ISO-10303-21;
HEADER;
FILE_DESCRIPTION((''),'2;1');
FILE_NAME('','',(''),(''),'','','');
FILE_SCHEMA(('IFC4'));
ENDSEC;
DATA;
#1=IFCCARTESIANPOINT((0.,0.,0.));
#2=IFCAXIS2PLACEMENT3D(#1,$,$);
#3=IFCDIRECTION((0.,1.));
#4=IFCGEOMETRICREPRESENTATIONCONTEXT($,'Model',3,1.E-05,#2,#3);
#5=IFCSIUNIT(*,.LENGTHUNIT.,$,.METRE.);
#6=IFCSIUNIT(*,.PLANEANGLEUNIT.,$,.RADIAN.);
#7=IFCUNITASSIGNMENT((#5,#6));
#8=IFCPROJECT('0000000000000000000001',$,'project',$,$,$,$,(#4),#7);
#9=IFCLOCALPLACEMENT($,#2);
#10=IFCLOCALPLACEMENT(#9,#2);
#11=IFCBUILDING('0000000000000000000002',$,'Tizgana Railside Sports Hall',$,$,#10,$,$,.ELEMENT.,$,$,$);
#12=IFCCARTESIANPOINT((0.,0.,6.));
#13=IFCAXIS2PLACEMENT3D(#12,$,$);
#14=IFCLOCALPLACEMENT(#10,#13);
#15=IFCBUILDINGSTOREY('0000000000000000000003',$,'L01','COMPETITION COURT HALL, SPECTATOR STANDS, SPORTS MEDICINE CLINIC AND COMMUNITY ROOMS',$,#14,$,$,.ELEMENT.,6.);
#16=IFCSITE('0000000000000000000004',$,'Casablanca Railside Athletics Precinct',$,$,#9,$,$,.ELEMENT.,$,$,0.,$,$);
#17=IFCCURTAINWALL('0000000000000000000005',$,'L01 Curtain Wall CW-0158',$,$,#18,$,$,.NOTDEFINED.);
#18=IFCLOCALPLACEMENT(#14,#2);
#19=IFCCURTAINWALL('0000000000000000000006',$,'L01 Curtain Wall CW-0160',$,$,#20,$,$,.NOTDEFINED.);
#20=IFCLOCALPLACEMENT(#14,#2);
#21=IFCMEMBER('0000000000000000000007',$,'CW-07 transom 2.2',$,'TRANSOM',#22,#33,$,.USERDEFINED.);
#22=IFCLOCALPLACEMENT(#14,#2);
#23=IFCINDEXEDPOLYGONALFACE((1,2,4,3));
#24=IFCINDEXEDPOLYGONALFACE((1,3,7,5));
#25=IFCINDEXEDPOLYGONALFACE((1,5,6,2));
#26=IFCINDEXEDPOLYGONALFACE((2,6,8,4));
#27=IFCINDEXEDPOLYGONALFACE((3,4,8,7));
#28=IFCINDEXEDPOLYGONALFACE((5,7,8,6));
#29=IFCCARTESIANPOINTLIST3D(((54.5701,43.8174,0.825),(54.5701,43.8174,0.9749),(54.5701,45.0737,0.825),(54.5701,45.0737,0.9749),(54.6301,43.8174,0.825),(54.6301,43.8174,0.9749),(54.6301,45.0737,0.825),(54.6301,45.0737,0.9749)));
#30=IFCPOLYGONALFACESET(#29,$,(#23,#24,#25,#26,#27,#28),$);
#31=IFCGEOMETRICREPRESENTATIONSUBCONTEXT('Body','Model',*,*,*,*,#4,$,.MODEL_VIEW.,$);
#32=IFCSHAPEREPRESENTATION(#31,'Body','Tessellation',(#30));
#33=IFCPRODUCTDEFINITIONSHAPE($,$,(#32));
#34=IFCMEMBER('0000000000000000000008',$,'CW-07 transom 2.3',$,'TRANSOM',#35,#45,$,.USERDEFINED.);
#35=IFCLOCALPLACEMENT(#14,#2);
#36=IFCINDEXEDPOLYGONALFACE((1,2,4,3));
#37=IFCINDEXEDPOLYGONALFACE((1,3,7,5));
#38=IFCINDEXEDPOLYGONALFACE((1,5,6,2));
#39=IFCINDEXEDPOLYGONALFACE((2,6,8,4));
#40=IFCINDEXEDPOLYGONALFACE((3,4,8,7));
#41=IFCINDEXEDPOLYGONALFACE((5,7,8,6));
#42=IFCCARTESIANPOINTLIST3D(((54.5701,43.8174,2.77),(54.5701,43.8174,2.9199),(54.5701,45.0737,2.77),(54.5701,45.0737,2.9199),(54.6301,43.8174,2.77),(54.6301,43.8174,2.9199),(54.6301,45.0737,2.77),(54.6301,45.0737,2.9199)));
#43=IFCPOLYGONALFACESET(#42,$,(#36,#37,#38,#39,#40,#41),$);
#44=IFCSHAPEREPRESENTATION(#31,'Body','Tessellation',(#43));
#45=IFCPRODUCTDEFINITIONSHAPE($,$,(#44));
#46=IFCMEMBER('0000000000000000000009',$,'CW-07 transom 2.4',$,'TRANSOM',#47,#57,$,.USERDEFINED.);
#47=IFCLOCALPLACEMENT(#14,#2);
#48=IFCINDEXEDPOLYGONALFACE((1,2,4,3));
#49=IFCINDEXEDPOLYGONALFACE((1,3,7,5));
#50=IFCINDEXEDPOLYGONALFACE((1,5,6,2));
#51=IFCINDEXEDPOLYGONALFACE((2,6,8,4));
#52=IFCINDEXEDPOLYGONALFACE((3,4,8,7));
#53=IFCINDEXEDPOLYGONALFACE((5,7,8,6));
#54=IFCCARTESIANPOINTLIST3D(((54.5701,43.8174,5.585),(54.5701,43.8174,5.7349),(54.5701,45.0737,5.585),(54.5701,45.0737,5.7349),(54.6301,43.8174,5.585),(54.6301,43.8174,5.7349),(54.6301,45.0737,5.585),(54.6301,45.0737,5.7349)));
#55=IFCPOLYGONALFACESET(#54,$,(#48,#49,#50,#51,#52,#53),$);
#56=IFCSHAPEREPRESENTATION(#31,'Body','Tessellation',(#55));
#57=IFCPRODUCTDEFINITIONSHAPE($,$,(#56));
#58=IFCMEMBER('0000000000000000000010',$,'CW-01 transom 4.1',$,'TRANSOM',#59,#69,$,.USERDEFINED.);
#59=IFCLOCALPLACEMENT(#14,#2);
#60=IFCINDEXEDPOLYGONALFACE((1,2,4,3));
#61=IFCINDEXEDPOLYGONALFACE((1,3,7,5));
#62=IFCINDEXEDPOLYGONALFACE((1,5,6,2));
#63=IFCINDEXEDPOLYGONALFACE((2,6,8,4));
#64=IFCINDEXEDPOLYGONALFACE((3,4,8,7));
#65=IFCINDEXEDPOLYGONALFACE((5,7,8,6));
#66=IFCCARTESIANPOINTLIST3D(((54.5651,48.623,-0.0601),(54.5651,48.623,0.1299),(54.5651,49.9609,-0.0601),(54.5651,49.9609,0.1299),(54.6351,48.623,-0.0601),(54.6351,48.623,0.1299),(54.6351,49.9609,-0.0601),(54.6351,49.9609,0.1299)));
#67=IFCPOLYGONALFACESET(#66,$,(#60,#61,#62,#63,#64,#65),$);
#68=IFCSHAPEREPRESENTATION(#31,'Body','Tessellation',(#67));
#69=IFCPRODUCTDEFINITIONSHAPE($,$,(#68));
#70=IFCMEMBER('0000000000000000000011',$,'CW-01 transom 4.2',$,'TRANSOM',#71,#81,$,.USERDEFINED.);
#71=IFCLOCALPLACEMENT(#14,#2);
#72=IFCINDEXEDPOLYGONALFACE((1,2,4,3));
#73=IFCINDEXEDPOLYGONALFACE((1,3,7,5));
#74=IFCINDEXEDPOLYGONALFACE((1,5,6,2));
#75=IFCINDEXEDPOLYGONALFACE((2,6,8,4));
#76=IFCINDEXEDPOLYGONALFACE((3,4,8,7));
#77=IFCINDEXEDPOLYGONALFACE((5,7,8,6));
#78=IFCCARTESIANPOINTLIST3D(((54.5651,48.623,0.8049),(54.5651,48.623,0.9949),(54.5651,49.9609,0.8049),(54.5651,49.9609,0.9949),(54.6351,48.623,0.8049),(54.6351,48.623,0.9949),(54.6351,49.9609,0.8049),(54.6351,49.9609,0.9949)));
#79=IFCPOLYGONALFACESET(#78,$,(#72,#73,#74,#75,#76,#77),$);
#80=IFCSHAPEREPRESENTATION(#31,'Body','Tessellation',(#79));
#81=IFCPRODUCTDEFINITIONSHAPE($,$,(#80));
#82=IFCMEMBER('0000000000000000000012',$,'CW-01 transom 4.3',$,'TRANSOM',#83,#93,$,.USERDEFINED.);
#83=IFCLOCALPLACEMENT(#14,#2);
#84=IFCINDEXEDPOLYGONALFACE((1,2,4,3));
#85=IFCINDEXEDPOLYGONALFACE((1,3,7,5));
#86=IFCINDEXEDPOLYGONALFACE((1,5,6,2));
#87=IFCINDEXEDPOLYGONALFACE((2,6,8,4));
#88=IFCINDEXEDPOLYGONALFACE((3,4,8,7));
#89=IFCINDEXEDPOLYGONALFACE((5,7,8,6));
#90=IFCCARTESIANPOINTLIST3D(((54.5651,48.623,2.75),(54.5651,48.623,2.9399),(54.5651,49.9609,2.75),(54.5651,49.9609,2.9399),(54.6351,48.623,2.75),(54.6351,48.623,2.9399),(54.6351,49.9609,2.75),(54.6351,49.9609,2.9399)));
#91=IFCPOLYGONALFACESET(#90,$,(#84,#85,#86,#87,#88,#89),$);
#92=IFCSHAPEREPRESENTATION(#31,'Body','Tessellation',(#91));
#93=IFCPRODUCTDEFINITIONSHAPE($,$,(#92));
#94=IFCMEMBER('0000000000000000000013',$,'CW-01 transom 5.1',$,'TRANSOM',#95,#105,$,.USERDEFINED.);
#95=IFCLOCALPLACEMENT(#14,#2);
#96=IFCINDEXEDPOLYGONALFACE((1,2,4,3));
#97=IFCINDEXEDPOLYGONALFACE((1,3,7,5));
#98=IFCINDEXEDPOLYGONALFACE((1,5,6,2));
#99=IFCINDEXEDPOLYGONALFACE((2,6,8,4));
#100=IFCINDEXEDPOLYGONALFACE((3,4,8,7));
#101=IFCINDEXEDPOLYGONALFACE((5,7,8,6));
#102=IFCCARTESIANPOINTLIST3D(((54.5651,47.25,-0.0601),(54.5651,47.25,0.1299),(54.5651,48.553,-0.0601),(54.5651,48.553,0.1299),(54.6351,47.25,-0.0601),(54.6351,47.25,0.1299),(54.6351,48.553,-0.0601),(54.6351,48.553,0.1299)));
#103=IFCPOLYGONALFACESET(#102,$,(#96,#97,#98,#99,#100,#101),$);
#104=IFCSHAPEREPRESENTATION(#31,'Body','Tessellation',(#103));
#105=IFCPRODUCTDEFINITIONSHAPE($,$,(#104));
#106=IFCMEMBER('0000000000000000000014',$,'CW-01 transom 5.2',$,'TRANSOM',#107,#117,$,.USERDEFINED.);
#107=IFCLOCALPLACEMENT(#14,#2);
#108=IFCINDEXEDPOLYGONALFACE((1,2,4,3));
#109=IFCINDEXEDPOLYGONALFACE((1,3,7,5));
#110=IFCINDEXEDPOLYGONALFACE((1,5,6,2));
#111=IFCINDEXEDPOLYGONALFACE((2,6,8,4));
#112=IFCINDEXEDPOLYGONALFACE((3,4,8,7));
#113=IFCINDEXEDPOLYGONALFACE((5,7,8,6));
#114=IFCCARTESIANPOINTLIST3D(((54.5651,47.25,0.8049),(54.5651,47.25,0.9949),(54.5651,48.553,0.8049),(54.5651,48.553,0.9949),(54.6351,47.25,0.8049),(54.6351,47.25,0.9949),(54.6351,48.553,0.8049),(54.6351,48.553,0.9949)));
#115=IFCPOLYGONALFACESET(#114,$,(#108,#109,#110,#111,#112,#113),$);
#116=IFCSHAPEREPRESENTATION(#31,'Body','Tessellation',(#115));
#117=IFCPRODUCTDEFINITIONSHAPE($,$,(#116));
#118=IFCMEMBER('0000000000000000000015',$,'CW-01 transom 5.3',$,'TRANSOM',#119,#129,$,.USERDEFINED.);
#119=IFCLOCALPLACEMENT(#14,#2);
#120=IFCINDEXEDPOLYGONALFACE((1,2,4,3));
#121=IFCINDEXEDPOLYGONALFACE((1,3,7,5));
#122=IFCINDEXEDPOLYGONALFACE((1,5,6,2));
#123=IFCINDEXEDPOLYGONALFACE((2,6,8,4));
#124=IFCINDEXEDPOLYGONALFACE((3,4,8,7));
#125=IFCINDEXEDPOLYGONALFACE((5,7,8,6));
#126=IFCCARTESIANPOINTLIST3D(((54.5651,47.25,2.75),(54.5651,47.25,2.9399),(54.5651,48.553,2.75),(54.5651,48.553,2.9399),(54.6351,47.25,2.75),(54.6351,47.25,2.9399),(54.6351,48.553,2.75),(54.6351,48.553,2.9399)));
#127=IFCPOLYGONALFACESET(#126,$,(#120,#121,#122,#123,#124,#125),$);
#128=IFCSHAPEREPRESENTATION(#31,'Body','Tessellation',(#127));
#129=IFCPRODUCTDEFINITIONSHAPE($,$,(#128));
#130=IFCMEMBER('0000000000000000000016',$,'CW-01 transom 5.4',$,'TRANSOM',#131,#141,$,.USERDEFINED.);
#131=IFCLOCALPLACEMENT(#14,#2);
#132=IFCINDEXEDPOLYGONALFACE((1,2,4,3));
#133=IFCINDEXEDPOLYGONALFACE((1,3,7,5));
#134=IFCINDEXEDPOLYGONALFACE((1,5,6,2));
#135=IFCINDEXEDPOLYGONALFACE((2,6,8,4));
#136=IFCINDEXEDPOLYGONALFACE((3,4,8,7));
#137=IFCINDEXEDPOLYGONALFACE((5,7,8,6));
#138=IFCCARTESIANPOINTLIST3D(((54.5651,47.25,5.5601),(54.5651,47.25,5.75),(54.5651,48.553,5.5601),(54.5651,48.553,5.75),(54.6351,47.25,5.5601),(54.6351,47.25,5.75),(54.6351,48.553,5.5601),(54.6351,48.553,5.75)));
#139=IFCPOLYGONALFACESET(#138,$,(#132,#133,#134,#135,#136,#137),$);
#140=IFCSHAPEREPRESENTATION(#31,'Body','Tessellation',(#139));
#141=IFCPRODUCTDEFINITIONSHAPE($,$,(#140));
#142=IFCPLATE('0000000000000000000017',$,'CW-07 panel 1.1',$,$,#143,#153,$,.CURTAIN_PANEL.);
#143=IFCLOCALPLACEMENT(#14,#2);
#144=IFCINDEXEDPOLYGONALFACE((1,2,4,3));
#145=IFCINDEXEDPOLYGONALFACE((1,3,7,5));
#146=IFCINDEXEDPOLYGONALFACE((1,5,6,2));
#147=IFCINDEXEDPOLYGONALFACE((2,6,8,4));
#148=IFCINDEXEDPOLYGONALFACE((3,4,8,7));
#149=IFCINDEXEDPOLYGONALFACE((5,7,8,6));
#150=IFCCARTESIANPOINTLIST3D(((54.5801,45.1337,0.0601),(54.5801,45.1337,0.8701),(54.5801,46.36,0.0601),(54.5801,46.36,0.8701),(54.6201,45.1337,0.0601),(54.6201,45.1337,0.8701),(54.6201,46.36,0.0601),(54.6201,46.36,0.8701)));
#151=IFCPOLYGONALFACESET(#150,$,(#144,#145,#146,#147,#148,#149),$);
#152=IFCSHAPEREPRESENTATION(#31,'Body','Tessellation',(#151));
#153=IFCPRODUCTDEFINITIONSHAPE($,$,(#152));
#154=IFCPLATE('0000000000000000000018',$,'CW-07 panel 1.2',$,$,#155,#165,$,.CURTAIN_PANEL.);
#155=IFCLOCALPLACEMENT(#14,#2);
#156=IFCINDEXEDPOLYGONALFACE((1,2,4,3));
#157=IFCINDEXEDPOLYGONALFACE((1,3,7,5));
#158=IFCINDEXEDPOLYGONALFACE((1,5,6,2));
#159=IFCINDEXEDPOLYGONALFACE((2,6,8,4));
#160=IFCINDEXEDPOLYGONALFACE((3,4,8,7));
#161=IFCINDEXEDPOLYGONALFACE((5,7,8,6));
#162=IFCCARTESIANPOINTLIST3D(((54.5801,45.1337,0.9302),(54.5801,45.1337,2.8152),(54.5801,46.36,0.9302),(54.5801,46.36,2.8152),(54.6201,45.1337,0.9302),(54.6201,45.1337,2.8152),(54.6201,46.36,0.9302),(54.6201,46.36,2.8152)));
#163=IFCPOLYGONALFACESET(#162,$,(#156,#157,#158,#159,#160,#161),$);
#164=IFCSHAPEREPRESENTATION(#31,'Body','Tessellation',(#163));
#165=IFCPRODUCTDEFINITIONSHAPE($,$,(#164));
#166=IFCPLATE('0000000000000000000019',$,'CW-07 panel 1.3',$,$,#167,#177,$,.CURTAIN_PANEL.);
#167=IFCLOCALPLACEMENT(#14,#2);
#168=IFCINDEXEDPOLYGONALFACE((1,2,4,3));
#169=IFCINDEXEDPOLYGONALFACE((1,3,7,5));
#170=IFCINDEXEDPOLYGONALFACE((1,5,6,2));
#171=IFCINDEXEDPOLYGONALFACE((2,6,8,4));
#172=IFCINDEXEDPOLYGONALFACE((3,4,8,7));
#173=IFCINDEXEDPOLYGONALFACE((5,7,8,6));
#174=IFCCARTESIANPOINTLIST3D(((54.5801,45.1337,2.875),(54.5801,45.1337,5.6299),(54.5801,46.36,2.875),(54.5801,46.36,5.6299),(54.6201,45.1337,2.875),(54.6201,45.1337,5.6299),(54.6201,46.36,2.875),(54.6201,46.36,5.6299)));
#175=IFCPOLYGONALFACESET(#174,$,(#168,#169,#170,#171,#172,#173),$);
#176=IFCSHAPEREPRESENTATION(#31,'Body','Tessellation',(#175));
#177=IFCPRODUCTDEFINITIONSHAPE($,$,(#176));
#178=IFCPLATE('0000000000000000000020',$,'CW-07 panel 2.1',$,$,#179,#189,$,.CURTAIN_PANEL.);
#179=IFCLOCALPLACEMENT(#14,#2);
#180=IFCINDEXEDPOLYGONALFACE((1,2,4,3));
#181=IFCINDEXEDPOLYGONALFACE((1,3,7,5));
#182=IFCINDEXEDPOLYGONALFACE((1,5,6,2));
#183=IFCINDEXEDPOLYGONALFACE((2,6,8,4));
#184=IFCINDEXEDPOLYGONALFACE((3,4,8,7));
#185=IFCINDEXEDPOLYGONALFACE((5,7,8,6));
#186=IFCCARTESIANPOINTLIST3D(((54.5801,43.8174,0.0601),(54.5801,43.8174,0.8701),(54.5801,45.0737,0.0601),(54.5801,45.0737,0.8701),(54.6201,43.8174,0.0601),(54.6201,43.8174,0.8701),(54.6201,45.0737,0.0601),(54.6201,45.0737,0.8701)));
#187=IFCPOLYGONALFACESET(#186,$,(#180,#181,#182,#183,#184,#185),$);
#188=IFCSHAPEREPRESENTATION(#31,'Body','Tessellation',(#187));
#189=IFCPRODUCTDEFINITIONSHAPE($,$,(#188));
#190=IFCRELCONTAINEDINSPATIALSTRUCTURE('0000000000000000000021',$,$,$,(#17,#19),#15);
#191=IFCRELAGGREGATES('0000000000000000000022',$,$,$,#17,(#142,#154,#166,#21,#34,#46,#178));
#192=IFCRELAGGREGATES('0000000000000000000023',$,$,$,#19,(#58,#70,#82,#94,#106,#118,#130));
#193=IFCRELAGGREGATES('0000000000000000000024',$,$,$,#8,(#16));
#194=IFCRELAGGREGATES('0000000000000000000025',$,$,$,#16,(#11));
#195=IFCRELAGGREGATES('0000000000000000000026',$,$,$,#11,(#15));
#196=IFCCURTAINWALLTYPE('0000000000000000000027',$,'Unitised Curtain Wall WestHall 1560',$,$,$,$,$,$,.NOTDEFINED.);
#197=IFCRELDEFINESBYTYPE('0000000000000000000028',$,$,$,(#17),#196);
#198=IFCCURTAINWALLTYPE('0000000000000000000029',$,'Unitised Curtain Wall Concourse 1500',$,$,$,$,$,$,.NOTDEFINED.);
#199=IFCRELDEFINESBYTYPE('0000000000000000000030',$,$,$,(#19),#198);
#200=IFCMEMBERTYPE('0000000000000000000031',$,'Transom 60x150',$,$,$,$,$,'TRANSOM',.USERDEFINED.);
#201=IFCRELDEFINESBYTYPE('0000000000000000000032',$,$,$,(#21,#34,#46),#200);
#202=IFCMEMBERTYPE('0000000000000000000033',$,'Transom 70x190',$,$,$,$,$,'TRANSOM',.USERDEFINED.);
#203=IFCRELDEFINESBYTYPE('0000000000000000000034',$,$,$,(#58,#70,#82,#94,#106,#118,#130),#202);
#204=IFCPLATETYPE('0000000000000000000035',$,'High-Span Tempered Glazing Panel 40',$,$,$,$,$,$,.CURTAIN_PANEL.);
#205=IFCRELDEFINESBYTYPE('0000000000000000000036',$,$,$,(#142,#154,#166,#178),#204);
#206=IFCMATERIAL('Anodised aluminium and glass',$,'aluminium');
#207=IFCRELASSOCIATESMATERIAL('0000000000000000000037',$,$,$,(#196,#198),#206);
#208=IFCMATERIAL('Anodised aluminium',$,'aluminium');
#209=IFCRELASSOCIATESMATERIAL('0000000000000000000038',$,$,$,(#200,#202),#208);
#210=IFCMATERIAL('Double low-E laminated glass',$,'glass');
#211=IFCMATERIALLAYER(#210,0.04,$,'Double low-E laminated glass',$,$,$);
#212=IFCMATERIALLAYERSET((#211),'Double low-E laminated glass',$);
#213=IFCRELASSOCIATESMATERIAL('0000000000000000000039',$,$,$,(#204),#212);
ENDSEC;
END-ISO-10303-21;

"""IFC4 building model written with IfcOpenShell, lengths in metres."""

from ifc_helpers import new_model, si_unit, direction, frame, origin, origin_2d, place, context, subcontext, project, spatial, rectangle, extrude, material, layer, layer_set, material_profile, profile_set, type_object, element, aggregate, save


model = new_model("IFC4")

# Units and contexts
model_context = context("Model", 3, precision=1e-05, world=origin(), true_north=direction((0.0, 1.0)))
body_context = subcontext(model_context, "Body", "Model", "MODEL_VIEW")
ifc_project = project(units=[si_unit("LENGTHUNIT", "METRE"), si_unit("PLANEANGLEUNIT", "RADIAN")], contexts=[model_context])

# Site, building, storey
site_placement = place(None, origin())
site = spatial("IfcSite", under=ifc_project, at=site_placement, Name="Casablanca Railside Athletics Precinct", CompositionType="ELEMENT", RefElevation=0.0)
building_placement = place(site_placement, origin())
building = spatial("IfcBuilding", under=site, at=building_placement, Name="Tizgana Railside Sports Hall", CompositionType="ELEMENT")
storey_placement = place(building_placement, frame((0.0, 0.0, 6.0)))
storey = spatial("IfcBuildingStorey", under=building, at=storey_placement, Name="L01", Description="COMPETITION COURT HALL, SPECTATOR STANDS, SPORTS MEDICINE CLINIC AND COMMUNITY ROOMS", CompositionType="ELEMENT", Elevation=6.0)

# Curtain walls
ifc_material_1 = material(Name="Anodised aluminium and glass", Category="aluminium")
curtain_wall_type_1 = type_object("IfcCurtainWallType", Name="Unitised Curtain Wall WestHall 1560", PredefinedType="NOTDEFINED", material=ifc_material_1)
curtain_wall_1_placement = place(storey_placement, origin())
curtain_wall_1 = element("IfcCurtainWall", 1, at=curtain_wall_1_placement, inside=storey, type_object=curtain_wall_type_1, Name="L01 Curtain Wall CW-0158", PredefinedType="NOTDEFINED")
ifc_material_2 = material(Name="Anodised aluminium", Category="aluminium")
curtain_wall_type_2 = type_object("IfcCurtainWallType", Name="Unitised Curtain Wall Concourse 1500", PredefinedType="NOTDEFINED", material=ifc_material_1)
curtain_wall_2_placement = place(storey_placement, origin())
curtain_wall_2 = element("IfcCurtainWall", 2, at=curtain_wall_2_placement, inside=storey, type_object=curtain_wall_type_2, Name="L01 Curtain Wall CW-0160", PredefinedType="NOTDEFINED")

# Members
ifc_material_profile_1 = material_profile(ifc_material_2, rectangle(XDim=0.0601, YDim=0.1499, at=origin_2d()), Name="Transom 60x150")
ifc_profile_set_1 = profile_set([ifc_material_profile_1], Name="Anodised aluminium")
member_type_1 = type_object("IfcMemberType", Name="Transom 60x150", ElementType="TRANSOM", PredefinedType="USERDEFINED", material=ifc_profile_set_1)
member_1_placement = place(storey_placement, frame((54.6001, 45.0737, 0.8999), z_axis=(0.0, -1.0, 0.0), x_axis=(1.0, 0.0, 0.0)))
member_1 = element("IfcMember", 3, at=member_1_placement, type_object=member_type_1, Name="CW-07 transom 2.2", ObjectType="TRANSOM", PredefinedType="USERDEFINED", context=body_context, shape_type="SweptSolid", body=[
    extrude(rectangle(XDim=0.0601, YDim=0.1499, at=origin_2d()), origin(), (0.0, 0.0, 1.0), 1.2563),
])
member_2_placement = place(storey_placement, frame((54.6001, 45.0737, 2.845), z_axis=(0.0, -1.0, 0.0), x_axis=(1.0, 0.0, 0.0)))
member_2 = element("IfcMember", 4, at=member_2_placement, type_object=member_type_1, Name="CW-07 transom 2.3", ObjectType="TRANSOM", PredefinedType="USERDEFINED", context=body_context, shape_type="SweptSolid", body=[
    extrude(rectangle(XDim=0.0601, YDim=0.1499, at=origin_2d()), origin(), (0.0, 0.0, 1.0), 1.2563),
])
member_3_placement = place(storey_placement, frame((54.6001, 45.0737, 5.6599), z_axis=(0.0, -1.0, 0.0), x_axis=(1.0, 0.0, 0.0)))
member_3 = element("IfcMember", 5, at=member_3_placement, type_object=member_type_1, Name="CW-07 transom 2.4", ObjectType="TRANSOM", PredefinedType="USERDEFINED", context=body_context, shape_type="SweptSolid", body=[
    extrude(rectangle(XDim=0.0601, YDim=0.1499, at=origin_2d()), origin(), (0.0, 0.0, 1.0), 1.2563),
])
ifc_material_profile_2 = material_profile(ifc_material_2, rectangle(XDim=0.0701, YDim=0.1899, at=origin_2d()), Name="Transom 70x190")
ifc_profile_set_2 = profile_set([ifc_material_profile_2], Name="Anodised aluminium")
member_type_2 = type_object("IfcMemberType", Name="Transom 70x190", ElementType="TRANSOM", PredefinedType="USERDEFINED", material=ifc_profile_set_2)
member_4_placement = place(storey_placement, frame((54.6001, 49.9609, 0.0349), z_axis=(0.0, -1.0, 0.0), x_axis=(1.0, 0.0, 0.0)))
member_4 = element("IfcMember", 6, at=member_4_placement, type_object=member_type_2, Name="CW-01 transom 4.1", ObjectType="TRANSOM", PredefinedType="USERDEFINED", context=body_context, shape_type="SweptSolid", body=[
    extrude(rectangle(XDim=0.0701, YDim=0.1899, at=origin_2d()), origin(), (0.0, 0.0, 1.0), 1.3379),
])
member_5_placement = place(storey_placement, frame((54.6001, 49.9609, 0.8999), z_axis=(0.0, -1.0, 0.0), x_axis=(1.0, 0.0, 0.0)))
member_5 = element("IfcMember", 7, at=member_5_placement, type_object=member_type_2, Name="CW-01 transom 4.2", ObjectType="TRANSOM", PredefinedType="USERDEFINED", context=body_context, shape_type="SweptSolid", body=[
    extrude(rectangle(XDim=0.0701, YDim=0.1899, at=origin_2d()), origin(), (0.0, 0.0, 1.0), 1.3379),
])
member_6_placement = place(storey_placement, frame((54.6001, 49.9609, 2.845), z_axis=(0.0, -1.0, 0.0), x_axis=(1.0, 0.0, 0.0)))
member_6 = element("IfcMember", 8, at=member_6_placement, type_object=member_type_2, Name="CW-01 transom 4.3", ObjectType="TRANSOM", PredefinedType="USERDEFINED", context=body_context, shape_type="SweptSolid", body=[
    extrude(rectangle(XDim=0.0701, YDim=0.1899, at=origin_2d()), origin(), (0.0, 0.0, 1.0), 1.3379),
])
member_7_placement = place(storey_placement, frame((54.6001, 48.553, 0.0349), z_axis=(0.0, -1.0, 0.0), x_axis=(1.0, 0.0, 0.0)))
member_7 = element("IfcMember", 9, at=member_7_placement, type_object=member_type_2, Name="CW-01 transom 5.1", ObjectType="TRANSOM", PredefinedType="USERDEFINED", context=body_context, shape_type="SweptSolid", body=[
    extrude(rectangle(XDim=0.0701, YDim=0.1899, at=origin_2d()), origin(), (0.0, 0.0, 1.0), 1.303),
])
member_8_placement = place(storey_placement, frame((54.6001, 48.553, 0.8999), z_axis=(0.0, -1.0, 0.0), x_axis=(1.0, 0.0, 0.0)))
member_8 = element("IfcMember", 10, at=member_8_placement, type_object=member_type_2, Name="CW-01 transom 5.2", ObjectType="TRANSOM", PredefinedType="USERDEFINED", context=body_context, shape_type="SweptSolid", body=[
    extrude(rectangle(XDim=0.0701, YDim=0.1899, at=origin_2d()), origin(), (0.0, 0.0, 1.0), 1.303),
])
member_9_placement = place(storey_placement, frame((54.6001, 48.553, 2.845), z_axis=(0.0, -1.0, 0.0), x_axis=(1.0, 0.0, 0.0)))
member_9 = element("IfcMember", 11, at=member_9_placement, type_object=member_type_2, Name="CW-01 transom 5.3", ObjectType="TRANSOM", PredefinedType="USERDEFINED", context=body_context, shape_type="SweptSolid", body=[
    extrude(rectangle(XDim=0.0701, YDim=0.1899, at=origin_2d()), origin(), (0.0, 0.0, 1.0), 1.303),
])
member_10_placement = place(storey_placement, frame((54.6001, 48.553, 5.655), z_axis=(0.0, -1.0, 0.0), x_axis=(1.0, 0.0, 0.0)))
member_10 = element("IfcMember", 12, at=member_10_placement, type_object=member_type_2, Name="CW-01 transom 5.4", ObjectType="TRANSOM", PredefinedType="USERDEFINED", context=body_context, shape_type="SweptSolid", body=[
    extrude(rectangle(XDim=0.0701, YDim=0.1899, at=origin_2d()), origin(), (0.0, 0.0, 1.0), 1.303),
])

# Plates
ifc_material_3 = material(Name="Double low-E laminated glass", Category="glass")
ifc_layer_1 = layer(ifc_material_3, 0.04, Name="Double low-E laminated glass")
ifc_layer_set_1 = layer_set([ifc_layer_1], Name="Double low-E laminated glass")
plate_type_1 = type_object("IfcPlateType", Name="High-Span Tempered Glazing Panel 40", PredefinedType="CURTAIN_PANEL", material=ifc_layer_set_1)
plate_1_placement = place(storey_placement, frame((54.6001, 45.7468, 0.0601), z_axis=(0.0, 0.0, 1.0), x_axis=(0.0, -1.0, 0.0)))
plate_1 = element("IfcPlate", 13, at=plate_1_placement, type_object=plate_type_1, Name="CW-07 panel 1.1", PredefinedType="CURTAIN_PANEL", context=body_context, shape_type="SweptSolid", body=[
    extrude(rectangle(XDim=1.2263, YDim=0.04, at=origin_2d()), origin(), (0.0, 0.0, 1.0), 0.8101),
])
plate_2_placement = place(storey_placement, frame((54.6001, 45.7468, 0.9302), z_axis=(0.0, 0.0, 1.0), x_axis=(0.0, -1.0, 0.0)))
plate_2 = element("IfcPlate", 14, at=plate_2_placement, type_object=plate_type_1, Name="CW-07 panel 1.2", PredefinedType="CURTAIN_PANEL", context=body_context, shape_type="SweptSolid", body=[
    extrude(rectangle(XDim=1.2263, YDim=0.04, at=origin_2d()), origin(), (0.0, 0.0, 1.0), 1.885),
])
plate_3_placement = place(storey_placement, frame((54.6001, 45.7468, 2.875), z_axis=(0.0, 0.0, 1.0), x_axis=(0.0, -1.0, 0.0)))
plate_3 = element("IfcPlate", 15, at=plate_3_placement, type_object=plate_type_1, Name="CW-07 panel 1.3", PredefinedType="CURTAIN_PANEL", context=body_context, shape_type="SweptSolid", body=[
    extrude(rectangle(XDim=1.2263, YDim=0.04, at=origin_2d()), origin(), (0.0, 0.0, 1.0), 2.7549),
])
plate_4_placement = place(storey_placement, frame((54.6001, 44.4456, 0.0601), z_axis=(0.0, 0.0, 1.0), x_axis=(0.0, -1.0, 0.0)))
plate_4 = element("IfcPlate", 16, at=plate_4_placement, type_object=plate_type_1, Name="CW-07 panel 2.1", PredefinedType="CURTAIN_PANEL", context=body_context, shape_type="SweptSolid", body=[
    extrude(rectangle(XDim=1.2563, YDim=0.04, at=origin_2d()), origin(), (0.0, 0.0, 1.0), 0.8101),
])
aggregate(curtain_wall_1, [plate_1, plate_2, plate_3, member_1, member_2, member_3, plate_4])
aggregate(curtain_wall_2, [member_4, member_5, member_6, member_7, member_8, member_9, member_10])

save(model, "model.ifc")
